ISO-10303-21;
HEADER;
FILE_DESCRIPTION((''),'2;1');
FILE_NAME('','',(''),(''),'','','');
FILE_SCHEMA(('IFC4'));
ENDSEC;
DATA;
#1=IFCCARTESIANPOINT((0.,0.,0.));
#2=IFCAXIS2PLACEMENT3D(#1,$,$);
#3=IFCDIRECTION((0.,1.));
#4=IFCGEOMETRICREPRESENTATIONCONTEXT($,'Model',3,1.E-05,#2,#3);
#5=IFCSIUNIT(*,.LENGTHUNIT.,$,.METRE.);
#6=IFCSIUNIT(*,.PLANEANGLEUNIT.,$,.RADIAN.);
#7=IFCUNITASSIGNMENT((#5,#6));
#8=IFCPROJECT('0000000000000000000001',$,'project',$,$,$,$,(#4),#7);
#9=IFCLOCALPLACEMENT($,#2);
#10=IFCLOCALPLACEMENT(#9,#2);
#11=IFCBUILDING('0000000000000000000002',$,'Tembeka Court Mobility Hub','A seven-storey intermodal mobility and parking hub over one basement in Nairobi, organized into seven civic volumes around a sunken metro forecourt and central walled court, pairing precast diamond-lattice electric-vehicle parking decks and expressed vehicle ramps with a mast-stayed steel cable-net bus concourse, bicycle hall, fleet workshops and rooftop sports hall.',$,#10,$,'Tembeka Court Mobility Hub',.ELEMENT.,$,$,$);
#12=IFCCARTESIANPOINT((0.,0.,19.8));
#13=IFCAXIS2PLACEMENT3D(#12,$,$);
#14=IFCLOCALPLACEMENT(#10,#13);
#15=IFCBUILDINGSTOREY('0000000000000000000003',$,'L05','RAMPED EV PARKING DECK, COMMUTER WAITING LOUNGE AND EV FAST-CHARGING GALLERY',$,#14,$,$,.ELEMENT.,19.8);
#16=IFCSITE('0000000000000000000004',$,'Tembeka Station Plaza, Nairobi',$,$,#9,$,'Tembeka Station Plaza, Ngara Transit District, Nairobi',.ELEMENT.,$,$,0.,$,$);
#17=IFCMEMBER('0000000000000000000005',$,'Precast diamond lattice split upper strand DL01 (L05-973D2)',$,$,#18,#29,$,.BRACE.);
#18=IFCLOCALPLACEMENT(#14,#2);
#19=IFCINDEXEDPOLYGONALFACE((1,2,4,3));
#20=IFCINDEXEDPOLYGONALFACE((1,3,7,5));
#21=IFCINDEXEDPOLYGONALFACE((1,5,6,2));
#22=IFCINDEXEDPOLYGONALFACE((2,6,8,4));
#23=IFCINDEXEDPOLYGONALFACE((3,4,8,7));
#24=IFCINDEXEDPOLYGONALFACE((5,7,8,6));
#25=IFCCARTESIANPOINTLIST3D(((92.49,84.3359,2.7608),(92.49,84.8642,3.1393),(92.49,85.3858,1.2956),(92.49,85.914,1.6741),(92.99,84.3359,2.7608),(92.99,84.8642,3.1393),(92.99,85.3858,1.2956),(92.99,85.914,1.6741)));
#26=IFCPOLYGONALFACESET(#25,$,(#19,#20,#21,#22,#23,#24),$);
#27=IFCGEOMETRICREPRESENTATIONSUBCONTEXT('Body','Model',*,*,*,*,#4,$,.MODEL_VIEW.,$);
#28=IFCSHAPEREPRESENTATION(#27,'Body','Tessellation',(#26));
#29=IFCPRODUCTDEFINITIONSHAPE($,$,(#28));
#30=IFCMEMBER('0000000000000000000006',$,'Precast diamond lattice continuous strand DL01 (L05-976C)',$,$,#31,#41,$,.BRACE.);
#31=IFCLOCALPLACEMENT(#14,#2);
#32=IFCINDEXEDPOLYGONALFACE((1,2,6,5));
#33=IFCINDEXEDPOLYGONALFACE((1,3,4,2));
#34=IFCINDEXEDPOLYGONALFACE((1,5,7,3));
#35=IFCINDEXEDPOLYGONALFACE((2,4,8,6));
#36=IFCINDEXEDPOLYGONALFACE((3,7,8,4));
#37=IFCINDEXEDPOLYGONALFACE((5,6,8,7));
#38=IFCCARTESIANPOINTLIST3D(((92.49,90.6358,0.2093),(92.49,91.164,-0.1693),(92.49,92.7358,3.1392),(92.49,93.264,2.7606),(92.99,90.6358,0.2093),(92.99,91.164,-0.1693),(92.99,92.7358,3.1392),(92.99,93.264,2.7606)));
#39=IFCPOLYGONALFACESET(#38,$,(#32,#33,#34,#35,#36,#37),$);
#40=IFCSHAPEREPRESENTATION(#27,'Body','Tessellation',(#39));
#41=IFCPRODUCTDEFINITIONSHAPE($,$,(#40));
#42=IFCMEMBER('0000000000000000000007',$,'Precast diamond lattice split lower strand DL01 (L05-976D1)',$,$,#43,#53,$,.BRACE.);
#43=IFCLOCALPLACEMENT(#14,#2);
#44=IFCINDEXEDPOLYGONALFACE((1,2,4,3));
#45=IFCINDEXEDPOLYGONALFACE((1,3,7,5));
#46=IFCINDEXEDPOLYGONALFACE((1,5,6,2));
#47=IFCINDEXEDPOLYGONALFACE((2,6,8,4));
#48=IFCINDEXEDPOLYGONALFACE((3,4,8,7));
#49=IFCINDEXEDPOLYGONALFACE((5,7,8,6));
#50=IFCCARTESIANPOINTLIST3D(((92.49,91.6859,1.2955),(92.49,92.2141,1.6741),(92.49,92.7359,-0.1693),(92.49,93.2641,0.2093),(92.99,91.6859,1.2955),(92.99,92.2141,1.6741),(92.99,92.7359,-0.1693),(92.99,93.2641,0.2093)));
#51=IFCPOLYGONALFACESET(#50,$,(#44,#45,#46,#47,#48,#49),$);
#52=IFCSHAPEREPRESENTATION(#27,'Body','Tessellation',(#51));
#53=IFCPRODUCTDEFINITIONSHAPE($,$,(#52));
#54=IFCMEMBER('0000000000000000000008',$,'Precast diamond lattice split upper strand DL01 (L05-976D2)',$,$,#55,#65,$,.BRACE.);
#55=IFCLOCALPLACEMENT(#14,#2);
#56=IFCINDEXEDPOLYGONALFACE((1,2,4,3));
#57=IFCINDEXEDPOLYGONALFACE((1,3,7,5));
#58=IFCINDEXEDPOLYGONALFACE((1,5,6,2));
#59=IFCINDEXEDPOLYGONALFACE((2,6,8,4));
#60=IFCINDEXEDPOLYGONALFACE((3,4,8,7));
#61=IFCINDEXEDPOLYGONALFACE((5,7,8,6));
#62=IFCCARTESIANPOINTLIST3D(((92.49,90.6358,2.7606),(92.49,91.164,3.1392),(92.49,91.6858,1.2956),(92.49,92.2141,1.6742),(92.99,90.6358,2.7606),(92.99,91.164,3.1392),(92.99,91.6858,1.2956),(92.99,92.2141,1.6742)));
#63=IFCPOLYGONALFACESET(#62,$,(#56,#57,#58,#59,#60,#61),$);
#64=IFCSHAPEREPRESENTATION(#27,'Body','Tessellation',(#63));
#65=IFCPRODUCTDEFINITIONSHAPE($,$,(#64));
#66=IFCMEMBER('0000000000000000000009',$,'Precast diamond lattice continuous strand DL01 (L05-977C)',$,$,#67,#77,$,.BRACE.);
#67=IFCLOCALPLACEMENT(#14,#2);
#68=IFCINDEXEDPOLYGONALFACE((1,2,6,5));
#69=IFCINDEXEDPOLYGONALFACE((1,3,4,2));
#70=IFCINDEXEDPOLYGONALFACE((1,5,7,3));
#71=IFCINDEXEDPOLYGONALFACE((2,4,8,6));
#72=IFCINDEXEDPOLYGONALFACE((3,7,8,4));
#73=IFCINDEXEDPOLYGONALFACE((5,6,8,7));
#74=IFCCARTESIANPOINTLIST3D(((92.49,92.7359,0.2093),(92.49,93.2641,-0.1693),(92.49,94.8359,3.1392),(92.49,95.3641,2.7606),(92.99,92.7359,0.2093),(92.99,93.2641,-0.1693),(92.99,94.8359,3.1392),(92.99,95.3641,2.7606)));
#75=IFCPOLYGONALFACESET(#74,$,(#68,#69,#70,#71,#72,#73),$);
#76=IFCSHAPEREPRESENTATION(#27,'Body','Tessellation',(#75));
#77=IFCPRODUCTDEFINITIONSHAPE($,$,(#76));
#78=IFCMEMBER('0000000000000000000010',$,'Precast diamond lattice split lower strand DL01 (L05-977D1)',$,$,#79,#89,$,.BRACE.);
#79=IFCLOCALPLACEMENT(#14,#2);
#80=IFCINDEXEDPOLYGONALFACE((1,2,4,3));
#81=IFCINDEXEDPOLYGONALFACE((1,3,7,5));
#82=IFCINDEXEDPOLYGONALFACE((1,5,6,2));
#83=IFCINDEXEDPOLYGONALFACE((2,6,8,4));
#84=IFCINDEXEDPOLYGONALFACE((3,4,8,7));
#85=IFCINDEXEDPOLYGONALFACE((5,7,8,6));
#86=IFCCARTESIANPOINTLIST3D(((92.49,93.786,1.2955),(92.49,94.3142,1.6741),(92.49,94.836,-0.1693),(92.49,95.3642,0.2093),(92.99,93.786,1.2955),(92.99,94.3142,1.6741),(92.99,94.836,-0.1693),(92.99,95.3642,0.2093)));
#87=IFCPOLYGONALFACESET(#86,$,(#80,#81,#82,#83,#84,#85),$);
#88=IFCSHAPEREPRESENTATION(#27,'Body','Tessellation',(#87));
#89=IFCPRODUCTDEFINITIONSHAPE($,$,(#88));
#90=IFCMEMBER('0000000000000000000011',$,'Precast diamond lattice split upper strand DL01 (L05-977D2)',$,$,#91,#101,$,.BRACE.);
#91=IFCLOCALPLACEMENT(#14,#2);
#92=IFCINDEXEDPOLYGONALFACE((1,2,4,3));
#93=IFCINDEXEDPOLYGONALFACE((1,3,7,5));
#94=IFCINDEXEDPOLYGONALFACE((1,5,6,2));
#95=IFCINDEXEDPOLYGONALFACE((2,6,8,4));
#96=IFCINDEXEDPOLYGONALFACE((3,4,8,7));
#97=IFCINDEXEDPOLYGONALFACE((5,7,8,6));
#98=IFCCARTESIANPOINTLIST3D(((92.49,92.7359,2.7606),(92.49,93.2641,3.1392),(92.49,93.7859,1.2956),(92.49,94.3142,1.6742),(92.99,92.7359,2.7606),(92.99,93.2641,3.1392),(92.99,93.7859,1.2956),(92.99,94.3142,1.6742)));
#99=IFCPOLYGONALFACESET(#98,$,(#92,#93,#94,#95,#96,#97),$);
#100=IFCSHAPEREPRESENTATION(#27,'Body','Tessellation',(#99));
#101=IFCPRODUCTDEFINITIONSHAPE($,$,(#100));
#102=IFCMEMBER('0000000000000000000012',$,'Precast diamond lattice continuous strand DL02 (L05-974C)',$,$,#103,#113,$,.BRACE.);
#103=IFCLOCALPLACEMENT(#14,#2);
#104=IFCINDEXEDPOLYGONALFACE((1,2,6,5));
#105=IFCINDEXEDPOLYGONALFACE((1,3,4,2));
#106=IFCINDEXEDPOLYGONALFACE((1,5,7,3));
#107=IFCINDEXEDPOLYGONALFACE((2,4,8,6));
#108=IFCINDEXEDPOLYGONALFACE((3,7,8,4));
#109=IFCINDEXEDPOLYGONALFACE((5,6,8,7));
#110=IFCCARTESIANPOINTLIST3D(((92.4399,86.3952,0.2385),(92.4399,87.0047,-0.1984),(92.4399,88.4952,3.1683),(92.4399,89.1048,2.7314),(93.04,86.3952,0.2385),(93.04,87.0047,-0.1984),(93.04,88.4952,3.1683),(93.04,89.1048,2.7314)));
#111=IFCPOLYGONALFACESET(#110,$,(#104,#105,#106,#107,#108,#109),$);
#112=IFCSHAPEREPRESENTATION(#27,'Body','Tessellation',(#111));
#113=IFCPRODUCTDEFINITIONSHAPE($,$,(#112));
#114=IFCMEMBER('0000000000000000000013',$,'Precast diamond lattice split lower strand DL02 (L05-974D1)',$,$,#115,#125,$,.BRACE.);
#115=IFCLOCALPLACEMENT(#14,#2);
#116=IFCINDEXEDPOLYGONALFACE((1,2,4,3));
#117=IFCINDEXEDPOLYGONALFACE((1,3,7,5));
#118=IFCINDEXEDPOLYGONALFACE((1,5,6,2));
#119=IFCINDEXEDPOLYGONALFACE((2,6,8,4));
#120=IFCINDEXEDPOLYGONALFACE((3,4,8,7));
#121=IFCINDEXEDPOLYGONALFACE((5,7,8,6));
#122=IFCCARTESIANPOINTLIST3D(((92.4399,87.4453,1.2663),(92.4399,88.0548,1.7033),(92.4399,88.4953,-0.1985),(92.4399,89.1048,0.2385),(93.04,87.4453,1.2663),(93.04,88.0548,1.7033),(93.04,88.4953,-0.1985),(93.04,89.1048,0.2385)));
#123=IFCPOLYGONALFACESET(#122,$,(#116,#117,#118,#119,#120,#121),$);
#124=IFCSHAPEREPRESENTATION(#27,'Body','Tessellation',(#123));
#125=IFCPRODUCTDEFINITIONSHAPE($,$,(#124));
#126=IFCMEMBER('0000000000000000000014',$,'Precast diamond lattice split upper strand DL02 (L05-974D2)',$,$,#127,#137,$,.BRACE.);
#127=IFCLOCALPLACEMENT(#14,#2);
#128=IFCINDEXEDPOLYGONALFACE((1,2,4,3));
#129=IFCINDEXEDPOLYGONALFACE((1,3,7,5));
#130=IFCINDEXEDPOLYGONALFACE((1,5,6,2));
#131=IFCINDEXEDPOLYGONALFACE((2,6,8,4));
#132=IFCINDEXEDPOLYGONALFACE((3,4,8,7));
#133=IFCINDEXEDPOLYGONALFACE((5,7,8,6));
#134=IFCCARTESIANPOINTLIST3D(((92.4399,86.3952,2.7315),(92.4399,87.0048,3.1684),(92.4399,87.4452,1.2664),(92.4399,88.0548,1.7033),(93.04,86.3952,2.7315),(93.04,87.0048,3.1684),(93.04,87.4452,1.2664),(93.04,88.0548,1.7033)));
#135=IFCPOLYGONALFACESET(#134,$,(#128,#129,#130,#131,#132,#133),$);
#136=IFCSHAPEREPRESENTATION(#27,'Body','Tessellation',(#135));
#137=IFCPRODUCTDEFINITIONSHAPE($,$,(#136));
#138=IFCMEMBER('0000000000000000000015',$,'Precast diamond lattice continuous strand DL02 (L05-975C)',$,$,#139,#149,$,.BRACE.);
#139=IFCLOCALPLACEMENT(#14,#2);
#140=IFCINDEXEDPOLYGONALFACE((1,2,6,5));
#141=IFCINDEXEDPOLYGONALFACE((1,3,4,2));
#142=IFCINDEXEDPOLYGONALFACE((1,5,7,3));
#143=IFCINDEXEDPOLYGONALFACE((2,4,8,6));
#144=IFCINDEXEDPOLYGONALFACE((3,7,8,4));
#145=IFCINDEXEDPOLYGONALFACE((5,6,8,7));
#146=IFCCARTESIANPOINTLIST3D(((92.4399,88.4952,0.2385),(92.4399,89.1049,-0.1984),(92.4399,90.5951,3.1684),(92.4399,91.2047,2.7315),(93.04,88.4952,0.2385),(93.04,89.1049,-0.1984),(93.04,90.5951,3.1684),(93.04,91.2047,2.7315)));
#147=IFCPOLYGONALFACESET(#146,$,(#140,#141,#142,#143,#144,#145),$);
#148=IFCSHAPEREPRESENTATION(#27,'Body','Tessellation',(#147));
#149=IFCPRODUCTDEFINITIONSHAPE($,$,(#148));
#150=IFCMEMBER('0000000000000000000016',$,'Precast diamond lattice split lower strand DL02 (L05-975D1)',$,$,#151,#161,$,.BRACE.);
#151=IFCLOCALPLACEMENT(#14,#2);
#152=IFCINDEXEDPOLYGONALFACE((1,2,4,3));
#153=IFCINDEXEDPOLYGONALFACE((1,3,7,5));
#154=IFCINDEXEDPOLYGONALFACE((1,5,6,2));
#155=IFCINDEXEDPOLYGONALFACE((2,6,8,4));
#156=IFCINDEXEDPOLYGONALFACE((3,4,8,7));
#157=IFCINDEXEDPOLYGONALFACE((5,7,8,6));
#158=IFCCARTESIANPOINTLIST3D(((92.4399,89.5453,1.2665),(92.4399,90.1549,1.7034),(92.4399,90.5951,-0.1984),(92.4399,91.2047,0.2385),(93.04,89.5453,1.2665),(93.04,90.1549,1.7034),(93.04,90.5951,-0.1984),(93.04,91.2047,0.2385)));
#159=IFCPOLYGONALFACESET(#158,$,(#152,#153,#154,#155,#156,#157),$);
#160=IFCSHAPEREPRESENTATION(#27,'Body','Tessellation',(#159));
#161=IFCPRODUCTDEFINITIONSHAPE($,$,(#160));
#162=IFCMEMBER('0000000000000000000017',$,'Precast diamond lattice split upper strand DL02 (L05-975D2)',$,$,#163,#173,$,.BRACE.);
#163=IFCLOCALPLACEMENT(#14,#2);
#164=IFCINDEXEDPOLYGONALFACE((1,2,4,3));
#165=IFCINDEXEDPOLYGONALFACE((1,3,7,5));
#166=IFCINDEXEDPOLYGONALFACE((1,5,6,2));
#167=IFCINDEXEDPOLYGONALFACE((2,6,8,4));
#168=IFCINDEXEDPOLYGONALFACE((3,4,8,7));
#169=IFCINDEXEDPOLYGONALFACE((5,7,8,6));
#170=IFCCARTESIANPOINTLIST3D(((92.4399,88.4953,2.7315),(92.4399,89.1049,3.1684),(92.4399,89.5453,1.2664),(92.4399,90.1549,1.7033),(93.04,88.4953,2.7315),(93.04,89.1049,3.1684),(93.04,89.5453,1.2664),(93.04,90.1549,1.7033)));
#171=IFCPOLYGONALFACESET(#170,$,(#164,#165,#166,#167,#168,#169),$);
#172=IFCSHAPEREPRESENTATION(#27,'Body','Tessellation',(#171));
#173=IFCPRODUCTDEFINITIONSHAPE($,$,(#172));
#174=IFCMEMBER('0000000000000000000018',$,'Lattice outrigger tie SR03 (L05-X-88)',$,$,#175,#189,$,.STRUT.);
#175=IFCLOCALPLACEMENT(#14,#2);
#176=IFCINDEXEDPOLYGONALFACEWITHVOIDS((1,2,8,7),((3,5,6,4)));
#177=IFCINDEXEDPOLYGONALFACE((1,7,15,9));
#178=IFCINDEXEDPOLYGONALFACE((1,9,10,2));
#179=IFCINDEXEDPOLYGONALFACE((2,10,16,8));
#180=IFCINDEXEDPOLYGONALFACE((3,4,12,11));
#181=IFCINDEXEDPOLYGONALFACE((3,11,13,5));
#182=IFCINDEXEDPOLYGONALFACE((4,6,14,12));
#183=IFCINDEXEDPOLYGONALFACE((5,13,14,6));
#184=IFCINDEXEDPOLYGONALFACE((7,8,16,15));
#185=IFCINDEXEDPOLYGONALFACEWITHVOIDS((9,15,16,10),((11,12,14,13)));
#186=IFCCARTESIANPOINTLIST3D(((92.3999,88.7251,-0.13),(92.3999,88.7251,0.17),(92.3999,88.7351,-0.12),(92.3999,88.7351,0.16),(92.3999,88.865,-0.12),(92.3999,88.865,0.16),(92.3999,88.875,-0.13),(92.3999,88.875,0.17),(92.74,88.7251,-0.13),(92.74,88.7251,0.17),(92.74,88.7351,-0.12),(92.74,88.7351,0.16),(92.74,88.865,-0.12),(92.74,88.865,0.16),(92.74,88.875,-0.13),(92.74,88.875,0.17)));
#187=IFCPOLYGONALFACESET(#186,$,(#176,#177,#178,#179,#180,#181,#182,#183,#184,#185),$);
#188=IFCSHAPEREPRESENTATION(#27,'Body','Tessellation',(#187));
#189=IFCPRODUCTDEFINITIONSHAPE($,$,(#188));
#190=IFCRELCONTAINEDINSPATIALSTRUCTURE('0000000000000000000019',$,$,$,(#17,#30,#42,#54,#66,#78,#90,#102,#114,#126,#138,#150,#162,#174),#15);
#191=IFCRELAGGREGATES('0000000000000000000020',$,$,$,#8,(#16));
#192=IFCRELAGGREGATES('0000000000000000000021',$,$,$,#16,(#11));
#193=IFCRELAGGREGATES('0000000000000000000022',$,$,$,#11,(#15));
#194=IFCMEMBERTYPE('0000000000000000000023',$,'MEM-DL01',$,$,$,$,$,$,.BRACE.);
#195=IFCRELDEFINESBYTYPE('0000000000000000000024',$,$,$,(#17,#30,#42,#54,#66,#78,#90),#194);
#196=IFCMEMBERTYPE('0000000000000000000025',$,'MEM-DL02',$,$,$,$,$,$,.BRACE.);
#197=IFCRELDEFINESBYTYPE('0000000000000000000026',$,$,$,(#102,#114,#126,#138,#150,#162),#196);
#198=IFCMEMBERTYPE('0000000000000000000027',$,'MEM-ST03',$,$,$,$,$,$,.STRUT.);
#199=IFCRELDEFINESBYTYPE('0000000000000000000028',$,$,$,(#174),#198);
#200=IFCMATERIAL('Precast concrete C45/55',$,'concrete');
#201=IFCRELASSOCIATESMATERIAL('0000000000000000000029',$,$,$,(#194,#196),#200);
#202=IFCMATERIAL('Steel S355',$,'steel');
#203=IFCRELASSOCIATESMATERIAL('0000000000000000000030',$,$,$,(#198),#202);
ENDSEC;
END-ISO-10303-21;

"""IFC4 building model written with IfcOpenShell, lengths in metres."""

from ifc_helpers import new_model, si_unit, direction, frame, origin, origin_2d, place, context, subcontext, project, spatial, rectangle, hollow_rectangle, extrude, material, material_profile, profile_set, type_object, element, save


model = new_model("IFC4")

# Units and contexts
model_context = context("Model", 3, precision=1e-05, world=origin(), true_north=direction((0.0, 1.0)))
body_context = subcontext(model_context, "Body", "Model", "MODEL_VIEW")
ifc_project = project(units=[si_unit("LENGTHUNIT", "METRE"), si_unit("PLANEANGLEUNIT", "RADIAN")], contexts=[model_context])

# Site, building, storey
site_placement = place(None, origin())
site = spatial("IfcSite", under=ifc_project, at=site_placement, Name="Tembeka Station Plaza, Nairobi", LongName="Tembeka Station Plaza, Ngara Transit District, Nairobi", CompositionType="ELEMENT", RefElevation=0.0)
building_placement = place(site_placement, origin())
building = spatial("IfcBuilding", under=site, at=building_placement, Name="Tembeka Court Mobility Hub", Description="A seven-storey intermodal mobility and parking hub over one basement in Nairobi, organized into seven civic volumes around a sunken metro forecourt and central walled court, pairing precast diamond-lattice electric-vehicle parking decks and expressed vehicle ramps with a mast-stayed steel cable-net bus concourse, bicycle hall, fleet workshops and rooftop sports hall.", LongName="Tembeka Court Mobility Hub", CompositionType="ELEMENT")
storey_placement = place(building_placement, frame((0.0, 0.0, 19.8)))
storey = spatial("IfcBuildingStorey", under=building, at=storey_placement, Name="L05", Description="RAMPED EV PARKING DECK, COMMUTER WAITING LOUNGE AND EV FAST-CHARGING GALLERY", CompositionType="ELEMENT", Elevation=19.8)

# Shared definitions
ifc_material_1 = material(Name="Steel S355", Category="steel")

# Members
ifc_material_2 = material(Name="Precast concrete C45/55", Category="concrete")
ifc_material_profile_1 = material_profile(ifc_material_2, rectangle(XDim=0.5, YDim=0.6499, at=origin_2d()), Name="PC-DIAG 500x650")
ifc_profile_set_1 = profile_set([ifc_material_profile_1], Name="Precast concrete C45/55")
member_type_1 = type_object("IfcMemberType", Name="MEM-DL01", PredefinedType="BRACE", material=ifc_profile_set_1)
member_1_placement = place(storey_placement, frame((92.74, 85.6499, 1.4849), z_axis=(0.0, -0.582455, 0.812863), x_axis=(1.0, 0.0, 0.0)))
element("IfcMember", 1, at=member_1_placement, inside=storey, type_object=member_type_1, Name="Precast diamond lattice split upper strand DL01 (L05-973D2)", PredefinedType="BRACE", context=body_context, shape_type="SweptSolid", body=[
    extrude(rectangle(XDim=0.5, YDim=0.6499, at=origin_2d()), origin(), (0.0, 0.0, 1.0), 1.8025),
])
member_2_placement = place(storey_placement, frame((92.74, 90.8999, 0.02), z_axis=(0.0, 0.582576, 0.812776), x_axis=(-1.0, 0.0, 0.0)))
element("IfcMember", 2, at=member_2_placement, inside=storey, type_object=member_type_1, Name="Precast diamond lattice continuous strand DL01 (L05-976C)", PredefinedType="BRACE", context=body_context, shape_type="SweptSolid", body=[
    extrude(rectangle(XDim=0.5, YDim=0.6499, at=origin_2d()), origin(), (0.0, 0.0, 1.0), 3.6047),
])
member_3_placement = place(storey_placement, frame((92.74, 93.0, 0.02), z_axis=(0.0, -0.582608, 0.812753), x_axis=(1.0, 0.0, 0.0)))
element("IfcMember", 3, at=member_3_placement, inside=storey, type_object=member_type_1, Name="Precast diamond lattice split lower strand DL01 (L05-976D1)", PredefinedType="BRACE", context=body_context, shape_type="SweptSolid", body=[
    extrude(rectangle(XDim=0.5, YDim=0.6499, at=origin_2d()), origin(), (0.0, 0.0, 1.0), 1.8022),
])
member_4_placement = place(storey_placement, frame((92.74, 91.95, 1.4849), z_axis=(0.0, -0.582544, 0.812799), x_axis=(1.0, 0.0, 0.0)))
element("IfcMember", 4, at=member_4_placement, inside=storey, type_object=member_type_1, Name="Precast diamond lattice split upper strand DL01 (L05-976D2)", PredefinedType="BRACE", context=body_context, shape_type="SweptSolid", body=[
    extrude(rectangle(XDim=0.5, YDim=0.6499, at=origin_2d()), origin(), (0.0, 0.0, 1.0), 1.8025),
])
member_5_placement = place(storey_placement, frame((92.74, 93.0, 0.02), z_axis=(0.0, 0.582576, 0.812776), x_axis=(-1.0, 0.0, 0.0)))
element("IfcMember", 5, at=member_5_placement, inside=storey, type_object=member_type_1, Name="Precast diamond lattice continuous strand DL01 (L05-977C)", PredefinedType="BRACE", context=body_context, shape_type="SweptSolid", body=[
    extrude(rectangle(XDim=0.5, YDim=0.6499, at=origin_2d()), origin(), (0.0, 0.0, 1.0), 3.6047),
])
member_6_placement = place(storey_placement, frame((92.74, 95.1001, 0.02), z_axis=(0.0, -0.582608, 0.812753), x_axis=(1.0, 0.0, 0.0)))
element("IfcMember", 6, at=member_6_placement, inside=storey, type_object=member_type_1, Name="Precast diamond lattice split lower strand DL01 (L05-977D1)", PredefinedType="BRACE", context=body_context, shape_type="SweptSolid", body=[
    extrude(rectangle(XDim=0.5, YDim=0.6499, at=origin_2d()), origin(), (0.0, 0.0, 1.0), 1.8022),
])
member_7_placement = place(storey_placement, frame((92.74, 94.05, 1.4849), z_axis=(0.0, -0.582544, 0.812799), x_axis=(1.0, 0.0, 0.0)))
element("IfcMember", 7, at=member_7_placement, inside=storey, type_object=member_type_1, Name="Precast diamond lattice split upper strand DL01 (L05-977D2)", PredefinedType="BRACE", context=body_context, shape_type="SweptSolid", body=[
    extrude(rectangle(XDim=0.5, YDim=0.6499, at=origin_2d()), origin(), (0.0, 0.0, 1.0), 1.8025),
])
ifc_material_profile_2 = material_profile(ifc_material_2, rectangle(XDim=0.6001, YDim=0.75, at=origin_2d()), Name="PC-DIAG 600x750")
ifc_profile_set_2 = profile_set([ifc_material_profile_2], Name="Precast concrete C45/55")
member_type_2 = type_object("IfcMemberType", Name="MEM-DL02", PredefinedType="BRACE", material=ifc_profile_set_2)
member_8_placement = place(storey_placement, frame((92.74, 86.7, 0.02), z_axis=(0.0, 0.582576, 0.812776), x_axis=(-1.0, 0.0, 0.0)))
element("IfcMember", 8, at=member_8_placement, inside=storey, type_object=member_type_2, Name="Precast diamond lattice continuous strand DL02 (L05-974C)", PredefinedType="BRACE", context=body_context, shape_type="SweptSolid", body=[
    extrude(rectangle(XDim=0.6001, YDim=0.75, at=origin_2d()), origin(), (0.0, 0.0, 1.0), 3.6047),
])
member_9_placement = place(storey_placement, frame((92.74, 88.8, 0.02), z_axis=(0.0, -0.582608, 0.812753), x_axis=(1.0, 0.0, 0.0)))
element("IfcMember", 9, at=member_9_placement, inside=storey, type_object=member_type_2, Name="Precast diamond lattice split lower strand DL02 (L05-974D1)", PredefinedType="BRACE", context=body_context, shape_type="SweptSolid", body=[
    extrude(rectangle(XDim=0.6001, YDim=0.75, at=origin_2d()), origin(), (0.0, 0.0, 1.0), 1.8022),
])
member_10_placement = place(storey_placement, frame((92.74, 87.75, 1.4849), z_axis=(0.0, -0.582544, 0.812799), x_axis=(1.0, 0.0, 0.0)))
element("IfcMember", 10, at=member_10_placement, inside=storey, type_object=member_type_2, Name="Precast diamond lattice split upper strand DL02 (L05-974D2)", PredefinedType="BRACE", context=body_context, shape_type="SweptSolid", body=[
    extrude(rectangle(XDim=0.6001, YDim=0.75, at=origin_2d()), origin(), (0.0, 0.0, 1.0), 1.8025),
])
member_11_placement = place(storey_placement, frame((92.74, 88.8, 0.02), z_axis=(0.0, 0.582532, 0.812808), x_axis=(-1.0, 0.0, 0.0)))
element("IfcMember", 11, at=member_11_placement, inside=storey, type_object=member_type_2, Name="Precast diamond lattice continuous strand DL02 (L05-975C)", PredefinedType="BRACE", context=body_context, shape_type="SweptSolid", body=[
    extrude(rectangle(XDim=0.6001, YDim=0.75, at=origin_2d()), origin(), (0.0, 0.0, 1.0), 3.6047),
])
member_12_placement = place(storey_placement, frame((92.74, 90.8999, 0.02), z_axis=(0.0, -0.582519, 0.812817), x_axis=(1.0, 0.0, 0.0)))
element("IfcMember", 12, at=member_12_placement, inside=storey, type_object=member_type_2, Name="Precast diamond lattice split lower strand DL02 (L05-975D1)", PredefinedType="BRACE", context=body_context, shape_type="SweptSolid", body=[
    extrude(rectangle(XDim=0.6001, YDim=0.75, at=origin_2d()), origin(), (0.0, 0.0, 1.0), 1.8022),
])
member_13_placement = place(storey_placement, frame((92.74, 89.8501, 1.4849), z_axis=(0.0, -0.582544, 0.812799), x_axis=(1.0, 0.0, 0.0)))
element("IfcMember", 13, at=member_13_placement, inside=storey, type_object=member_type_2, Name="Precast diamond lattice split upper strand DL02 (L05-975D2)", PredefinedType="BRACE", context=body_context, shape_type="SweptSolid", body=[
    extrude(rectangle(XDim=0.6001, YDim=0.75, at=origin_2d()), origin(), (0.0, 0.0, 1.0), 1.8025),
])
ifc_material_profile_3 = material_profile(ifc_material_1, hollow_rectangle(XDim=0.1499, YDim=0.3, WallThickness=0.01, at=origin_2d()), Name="RHS 300x150x10")
ifc_profile_set_3 = profile_set([ifc_material_profile_3], Name="Steel S355")
member_type_3 = type_object("IfcMemberType", Name="MEM-ST03", PredefinedType="STRUT", material=ifc_profile_set_3)
member_14_placement = place(storey_placement, frame((92.3999, 88.8, 0.02), z_axis=(1.0, 0.0, 0.0), x_axis=(0.0, 1.0, 0.0)))
element("IfcMember", 14, at=member_14_placement, inside=storey, type_object=member_type_3, Name="Lattice outrigger tie SR03 (L05-X-88)", PredefinedType="STRUT", context=body_context, shape_type="SweptSolid", body=[
    extrude(hollow_rectangle(XDim=0.1499, YDim=0.3, WallThickness=0.01, at=origin_2d()), origin(), (0.0, 0.0, 1.0), 0.3401),
])

save(model, "model.ifc")
